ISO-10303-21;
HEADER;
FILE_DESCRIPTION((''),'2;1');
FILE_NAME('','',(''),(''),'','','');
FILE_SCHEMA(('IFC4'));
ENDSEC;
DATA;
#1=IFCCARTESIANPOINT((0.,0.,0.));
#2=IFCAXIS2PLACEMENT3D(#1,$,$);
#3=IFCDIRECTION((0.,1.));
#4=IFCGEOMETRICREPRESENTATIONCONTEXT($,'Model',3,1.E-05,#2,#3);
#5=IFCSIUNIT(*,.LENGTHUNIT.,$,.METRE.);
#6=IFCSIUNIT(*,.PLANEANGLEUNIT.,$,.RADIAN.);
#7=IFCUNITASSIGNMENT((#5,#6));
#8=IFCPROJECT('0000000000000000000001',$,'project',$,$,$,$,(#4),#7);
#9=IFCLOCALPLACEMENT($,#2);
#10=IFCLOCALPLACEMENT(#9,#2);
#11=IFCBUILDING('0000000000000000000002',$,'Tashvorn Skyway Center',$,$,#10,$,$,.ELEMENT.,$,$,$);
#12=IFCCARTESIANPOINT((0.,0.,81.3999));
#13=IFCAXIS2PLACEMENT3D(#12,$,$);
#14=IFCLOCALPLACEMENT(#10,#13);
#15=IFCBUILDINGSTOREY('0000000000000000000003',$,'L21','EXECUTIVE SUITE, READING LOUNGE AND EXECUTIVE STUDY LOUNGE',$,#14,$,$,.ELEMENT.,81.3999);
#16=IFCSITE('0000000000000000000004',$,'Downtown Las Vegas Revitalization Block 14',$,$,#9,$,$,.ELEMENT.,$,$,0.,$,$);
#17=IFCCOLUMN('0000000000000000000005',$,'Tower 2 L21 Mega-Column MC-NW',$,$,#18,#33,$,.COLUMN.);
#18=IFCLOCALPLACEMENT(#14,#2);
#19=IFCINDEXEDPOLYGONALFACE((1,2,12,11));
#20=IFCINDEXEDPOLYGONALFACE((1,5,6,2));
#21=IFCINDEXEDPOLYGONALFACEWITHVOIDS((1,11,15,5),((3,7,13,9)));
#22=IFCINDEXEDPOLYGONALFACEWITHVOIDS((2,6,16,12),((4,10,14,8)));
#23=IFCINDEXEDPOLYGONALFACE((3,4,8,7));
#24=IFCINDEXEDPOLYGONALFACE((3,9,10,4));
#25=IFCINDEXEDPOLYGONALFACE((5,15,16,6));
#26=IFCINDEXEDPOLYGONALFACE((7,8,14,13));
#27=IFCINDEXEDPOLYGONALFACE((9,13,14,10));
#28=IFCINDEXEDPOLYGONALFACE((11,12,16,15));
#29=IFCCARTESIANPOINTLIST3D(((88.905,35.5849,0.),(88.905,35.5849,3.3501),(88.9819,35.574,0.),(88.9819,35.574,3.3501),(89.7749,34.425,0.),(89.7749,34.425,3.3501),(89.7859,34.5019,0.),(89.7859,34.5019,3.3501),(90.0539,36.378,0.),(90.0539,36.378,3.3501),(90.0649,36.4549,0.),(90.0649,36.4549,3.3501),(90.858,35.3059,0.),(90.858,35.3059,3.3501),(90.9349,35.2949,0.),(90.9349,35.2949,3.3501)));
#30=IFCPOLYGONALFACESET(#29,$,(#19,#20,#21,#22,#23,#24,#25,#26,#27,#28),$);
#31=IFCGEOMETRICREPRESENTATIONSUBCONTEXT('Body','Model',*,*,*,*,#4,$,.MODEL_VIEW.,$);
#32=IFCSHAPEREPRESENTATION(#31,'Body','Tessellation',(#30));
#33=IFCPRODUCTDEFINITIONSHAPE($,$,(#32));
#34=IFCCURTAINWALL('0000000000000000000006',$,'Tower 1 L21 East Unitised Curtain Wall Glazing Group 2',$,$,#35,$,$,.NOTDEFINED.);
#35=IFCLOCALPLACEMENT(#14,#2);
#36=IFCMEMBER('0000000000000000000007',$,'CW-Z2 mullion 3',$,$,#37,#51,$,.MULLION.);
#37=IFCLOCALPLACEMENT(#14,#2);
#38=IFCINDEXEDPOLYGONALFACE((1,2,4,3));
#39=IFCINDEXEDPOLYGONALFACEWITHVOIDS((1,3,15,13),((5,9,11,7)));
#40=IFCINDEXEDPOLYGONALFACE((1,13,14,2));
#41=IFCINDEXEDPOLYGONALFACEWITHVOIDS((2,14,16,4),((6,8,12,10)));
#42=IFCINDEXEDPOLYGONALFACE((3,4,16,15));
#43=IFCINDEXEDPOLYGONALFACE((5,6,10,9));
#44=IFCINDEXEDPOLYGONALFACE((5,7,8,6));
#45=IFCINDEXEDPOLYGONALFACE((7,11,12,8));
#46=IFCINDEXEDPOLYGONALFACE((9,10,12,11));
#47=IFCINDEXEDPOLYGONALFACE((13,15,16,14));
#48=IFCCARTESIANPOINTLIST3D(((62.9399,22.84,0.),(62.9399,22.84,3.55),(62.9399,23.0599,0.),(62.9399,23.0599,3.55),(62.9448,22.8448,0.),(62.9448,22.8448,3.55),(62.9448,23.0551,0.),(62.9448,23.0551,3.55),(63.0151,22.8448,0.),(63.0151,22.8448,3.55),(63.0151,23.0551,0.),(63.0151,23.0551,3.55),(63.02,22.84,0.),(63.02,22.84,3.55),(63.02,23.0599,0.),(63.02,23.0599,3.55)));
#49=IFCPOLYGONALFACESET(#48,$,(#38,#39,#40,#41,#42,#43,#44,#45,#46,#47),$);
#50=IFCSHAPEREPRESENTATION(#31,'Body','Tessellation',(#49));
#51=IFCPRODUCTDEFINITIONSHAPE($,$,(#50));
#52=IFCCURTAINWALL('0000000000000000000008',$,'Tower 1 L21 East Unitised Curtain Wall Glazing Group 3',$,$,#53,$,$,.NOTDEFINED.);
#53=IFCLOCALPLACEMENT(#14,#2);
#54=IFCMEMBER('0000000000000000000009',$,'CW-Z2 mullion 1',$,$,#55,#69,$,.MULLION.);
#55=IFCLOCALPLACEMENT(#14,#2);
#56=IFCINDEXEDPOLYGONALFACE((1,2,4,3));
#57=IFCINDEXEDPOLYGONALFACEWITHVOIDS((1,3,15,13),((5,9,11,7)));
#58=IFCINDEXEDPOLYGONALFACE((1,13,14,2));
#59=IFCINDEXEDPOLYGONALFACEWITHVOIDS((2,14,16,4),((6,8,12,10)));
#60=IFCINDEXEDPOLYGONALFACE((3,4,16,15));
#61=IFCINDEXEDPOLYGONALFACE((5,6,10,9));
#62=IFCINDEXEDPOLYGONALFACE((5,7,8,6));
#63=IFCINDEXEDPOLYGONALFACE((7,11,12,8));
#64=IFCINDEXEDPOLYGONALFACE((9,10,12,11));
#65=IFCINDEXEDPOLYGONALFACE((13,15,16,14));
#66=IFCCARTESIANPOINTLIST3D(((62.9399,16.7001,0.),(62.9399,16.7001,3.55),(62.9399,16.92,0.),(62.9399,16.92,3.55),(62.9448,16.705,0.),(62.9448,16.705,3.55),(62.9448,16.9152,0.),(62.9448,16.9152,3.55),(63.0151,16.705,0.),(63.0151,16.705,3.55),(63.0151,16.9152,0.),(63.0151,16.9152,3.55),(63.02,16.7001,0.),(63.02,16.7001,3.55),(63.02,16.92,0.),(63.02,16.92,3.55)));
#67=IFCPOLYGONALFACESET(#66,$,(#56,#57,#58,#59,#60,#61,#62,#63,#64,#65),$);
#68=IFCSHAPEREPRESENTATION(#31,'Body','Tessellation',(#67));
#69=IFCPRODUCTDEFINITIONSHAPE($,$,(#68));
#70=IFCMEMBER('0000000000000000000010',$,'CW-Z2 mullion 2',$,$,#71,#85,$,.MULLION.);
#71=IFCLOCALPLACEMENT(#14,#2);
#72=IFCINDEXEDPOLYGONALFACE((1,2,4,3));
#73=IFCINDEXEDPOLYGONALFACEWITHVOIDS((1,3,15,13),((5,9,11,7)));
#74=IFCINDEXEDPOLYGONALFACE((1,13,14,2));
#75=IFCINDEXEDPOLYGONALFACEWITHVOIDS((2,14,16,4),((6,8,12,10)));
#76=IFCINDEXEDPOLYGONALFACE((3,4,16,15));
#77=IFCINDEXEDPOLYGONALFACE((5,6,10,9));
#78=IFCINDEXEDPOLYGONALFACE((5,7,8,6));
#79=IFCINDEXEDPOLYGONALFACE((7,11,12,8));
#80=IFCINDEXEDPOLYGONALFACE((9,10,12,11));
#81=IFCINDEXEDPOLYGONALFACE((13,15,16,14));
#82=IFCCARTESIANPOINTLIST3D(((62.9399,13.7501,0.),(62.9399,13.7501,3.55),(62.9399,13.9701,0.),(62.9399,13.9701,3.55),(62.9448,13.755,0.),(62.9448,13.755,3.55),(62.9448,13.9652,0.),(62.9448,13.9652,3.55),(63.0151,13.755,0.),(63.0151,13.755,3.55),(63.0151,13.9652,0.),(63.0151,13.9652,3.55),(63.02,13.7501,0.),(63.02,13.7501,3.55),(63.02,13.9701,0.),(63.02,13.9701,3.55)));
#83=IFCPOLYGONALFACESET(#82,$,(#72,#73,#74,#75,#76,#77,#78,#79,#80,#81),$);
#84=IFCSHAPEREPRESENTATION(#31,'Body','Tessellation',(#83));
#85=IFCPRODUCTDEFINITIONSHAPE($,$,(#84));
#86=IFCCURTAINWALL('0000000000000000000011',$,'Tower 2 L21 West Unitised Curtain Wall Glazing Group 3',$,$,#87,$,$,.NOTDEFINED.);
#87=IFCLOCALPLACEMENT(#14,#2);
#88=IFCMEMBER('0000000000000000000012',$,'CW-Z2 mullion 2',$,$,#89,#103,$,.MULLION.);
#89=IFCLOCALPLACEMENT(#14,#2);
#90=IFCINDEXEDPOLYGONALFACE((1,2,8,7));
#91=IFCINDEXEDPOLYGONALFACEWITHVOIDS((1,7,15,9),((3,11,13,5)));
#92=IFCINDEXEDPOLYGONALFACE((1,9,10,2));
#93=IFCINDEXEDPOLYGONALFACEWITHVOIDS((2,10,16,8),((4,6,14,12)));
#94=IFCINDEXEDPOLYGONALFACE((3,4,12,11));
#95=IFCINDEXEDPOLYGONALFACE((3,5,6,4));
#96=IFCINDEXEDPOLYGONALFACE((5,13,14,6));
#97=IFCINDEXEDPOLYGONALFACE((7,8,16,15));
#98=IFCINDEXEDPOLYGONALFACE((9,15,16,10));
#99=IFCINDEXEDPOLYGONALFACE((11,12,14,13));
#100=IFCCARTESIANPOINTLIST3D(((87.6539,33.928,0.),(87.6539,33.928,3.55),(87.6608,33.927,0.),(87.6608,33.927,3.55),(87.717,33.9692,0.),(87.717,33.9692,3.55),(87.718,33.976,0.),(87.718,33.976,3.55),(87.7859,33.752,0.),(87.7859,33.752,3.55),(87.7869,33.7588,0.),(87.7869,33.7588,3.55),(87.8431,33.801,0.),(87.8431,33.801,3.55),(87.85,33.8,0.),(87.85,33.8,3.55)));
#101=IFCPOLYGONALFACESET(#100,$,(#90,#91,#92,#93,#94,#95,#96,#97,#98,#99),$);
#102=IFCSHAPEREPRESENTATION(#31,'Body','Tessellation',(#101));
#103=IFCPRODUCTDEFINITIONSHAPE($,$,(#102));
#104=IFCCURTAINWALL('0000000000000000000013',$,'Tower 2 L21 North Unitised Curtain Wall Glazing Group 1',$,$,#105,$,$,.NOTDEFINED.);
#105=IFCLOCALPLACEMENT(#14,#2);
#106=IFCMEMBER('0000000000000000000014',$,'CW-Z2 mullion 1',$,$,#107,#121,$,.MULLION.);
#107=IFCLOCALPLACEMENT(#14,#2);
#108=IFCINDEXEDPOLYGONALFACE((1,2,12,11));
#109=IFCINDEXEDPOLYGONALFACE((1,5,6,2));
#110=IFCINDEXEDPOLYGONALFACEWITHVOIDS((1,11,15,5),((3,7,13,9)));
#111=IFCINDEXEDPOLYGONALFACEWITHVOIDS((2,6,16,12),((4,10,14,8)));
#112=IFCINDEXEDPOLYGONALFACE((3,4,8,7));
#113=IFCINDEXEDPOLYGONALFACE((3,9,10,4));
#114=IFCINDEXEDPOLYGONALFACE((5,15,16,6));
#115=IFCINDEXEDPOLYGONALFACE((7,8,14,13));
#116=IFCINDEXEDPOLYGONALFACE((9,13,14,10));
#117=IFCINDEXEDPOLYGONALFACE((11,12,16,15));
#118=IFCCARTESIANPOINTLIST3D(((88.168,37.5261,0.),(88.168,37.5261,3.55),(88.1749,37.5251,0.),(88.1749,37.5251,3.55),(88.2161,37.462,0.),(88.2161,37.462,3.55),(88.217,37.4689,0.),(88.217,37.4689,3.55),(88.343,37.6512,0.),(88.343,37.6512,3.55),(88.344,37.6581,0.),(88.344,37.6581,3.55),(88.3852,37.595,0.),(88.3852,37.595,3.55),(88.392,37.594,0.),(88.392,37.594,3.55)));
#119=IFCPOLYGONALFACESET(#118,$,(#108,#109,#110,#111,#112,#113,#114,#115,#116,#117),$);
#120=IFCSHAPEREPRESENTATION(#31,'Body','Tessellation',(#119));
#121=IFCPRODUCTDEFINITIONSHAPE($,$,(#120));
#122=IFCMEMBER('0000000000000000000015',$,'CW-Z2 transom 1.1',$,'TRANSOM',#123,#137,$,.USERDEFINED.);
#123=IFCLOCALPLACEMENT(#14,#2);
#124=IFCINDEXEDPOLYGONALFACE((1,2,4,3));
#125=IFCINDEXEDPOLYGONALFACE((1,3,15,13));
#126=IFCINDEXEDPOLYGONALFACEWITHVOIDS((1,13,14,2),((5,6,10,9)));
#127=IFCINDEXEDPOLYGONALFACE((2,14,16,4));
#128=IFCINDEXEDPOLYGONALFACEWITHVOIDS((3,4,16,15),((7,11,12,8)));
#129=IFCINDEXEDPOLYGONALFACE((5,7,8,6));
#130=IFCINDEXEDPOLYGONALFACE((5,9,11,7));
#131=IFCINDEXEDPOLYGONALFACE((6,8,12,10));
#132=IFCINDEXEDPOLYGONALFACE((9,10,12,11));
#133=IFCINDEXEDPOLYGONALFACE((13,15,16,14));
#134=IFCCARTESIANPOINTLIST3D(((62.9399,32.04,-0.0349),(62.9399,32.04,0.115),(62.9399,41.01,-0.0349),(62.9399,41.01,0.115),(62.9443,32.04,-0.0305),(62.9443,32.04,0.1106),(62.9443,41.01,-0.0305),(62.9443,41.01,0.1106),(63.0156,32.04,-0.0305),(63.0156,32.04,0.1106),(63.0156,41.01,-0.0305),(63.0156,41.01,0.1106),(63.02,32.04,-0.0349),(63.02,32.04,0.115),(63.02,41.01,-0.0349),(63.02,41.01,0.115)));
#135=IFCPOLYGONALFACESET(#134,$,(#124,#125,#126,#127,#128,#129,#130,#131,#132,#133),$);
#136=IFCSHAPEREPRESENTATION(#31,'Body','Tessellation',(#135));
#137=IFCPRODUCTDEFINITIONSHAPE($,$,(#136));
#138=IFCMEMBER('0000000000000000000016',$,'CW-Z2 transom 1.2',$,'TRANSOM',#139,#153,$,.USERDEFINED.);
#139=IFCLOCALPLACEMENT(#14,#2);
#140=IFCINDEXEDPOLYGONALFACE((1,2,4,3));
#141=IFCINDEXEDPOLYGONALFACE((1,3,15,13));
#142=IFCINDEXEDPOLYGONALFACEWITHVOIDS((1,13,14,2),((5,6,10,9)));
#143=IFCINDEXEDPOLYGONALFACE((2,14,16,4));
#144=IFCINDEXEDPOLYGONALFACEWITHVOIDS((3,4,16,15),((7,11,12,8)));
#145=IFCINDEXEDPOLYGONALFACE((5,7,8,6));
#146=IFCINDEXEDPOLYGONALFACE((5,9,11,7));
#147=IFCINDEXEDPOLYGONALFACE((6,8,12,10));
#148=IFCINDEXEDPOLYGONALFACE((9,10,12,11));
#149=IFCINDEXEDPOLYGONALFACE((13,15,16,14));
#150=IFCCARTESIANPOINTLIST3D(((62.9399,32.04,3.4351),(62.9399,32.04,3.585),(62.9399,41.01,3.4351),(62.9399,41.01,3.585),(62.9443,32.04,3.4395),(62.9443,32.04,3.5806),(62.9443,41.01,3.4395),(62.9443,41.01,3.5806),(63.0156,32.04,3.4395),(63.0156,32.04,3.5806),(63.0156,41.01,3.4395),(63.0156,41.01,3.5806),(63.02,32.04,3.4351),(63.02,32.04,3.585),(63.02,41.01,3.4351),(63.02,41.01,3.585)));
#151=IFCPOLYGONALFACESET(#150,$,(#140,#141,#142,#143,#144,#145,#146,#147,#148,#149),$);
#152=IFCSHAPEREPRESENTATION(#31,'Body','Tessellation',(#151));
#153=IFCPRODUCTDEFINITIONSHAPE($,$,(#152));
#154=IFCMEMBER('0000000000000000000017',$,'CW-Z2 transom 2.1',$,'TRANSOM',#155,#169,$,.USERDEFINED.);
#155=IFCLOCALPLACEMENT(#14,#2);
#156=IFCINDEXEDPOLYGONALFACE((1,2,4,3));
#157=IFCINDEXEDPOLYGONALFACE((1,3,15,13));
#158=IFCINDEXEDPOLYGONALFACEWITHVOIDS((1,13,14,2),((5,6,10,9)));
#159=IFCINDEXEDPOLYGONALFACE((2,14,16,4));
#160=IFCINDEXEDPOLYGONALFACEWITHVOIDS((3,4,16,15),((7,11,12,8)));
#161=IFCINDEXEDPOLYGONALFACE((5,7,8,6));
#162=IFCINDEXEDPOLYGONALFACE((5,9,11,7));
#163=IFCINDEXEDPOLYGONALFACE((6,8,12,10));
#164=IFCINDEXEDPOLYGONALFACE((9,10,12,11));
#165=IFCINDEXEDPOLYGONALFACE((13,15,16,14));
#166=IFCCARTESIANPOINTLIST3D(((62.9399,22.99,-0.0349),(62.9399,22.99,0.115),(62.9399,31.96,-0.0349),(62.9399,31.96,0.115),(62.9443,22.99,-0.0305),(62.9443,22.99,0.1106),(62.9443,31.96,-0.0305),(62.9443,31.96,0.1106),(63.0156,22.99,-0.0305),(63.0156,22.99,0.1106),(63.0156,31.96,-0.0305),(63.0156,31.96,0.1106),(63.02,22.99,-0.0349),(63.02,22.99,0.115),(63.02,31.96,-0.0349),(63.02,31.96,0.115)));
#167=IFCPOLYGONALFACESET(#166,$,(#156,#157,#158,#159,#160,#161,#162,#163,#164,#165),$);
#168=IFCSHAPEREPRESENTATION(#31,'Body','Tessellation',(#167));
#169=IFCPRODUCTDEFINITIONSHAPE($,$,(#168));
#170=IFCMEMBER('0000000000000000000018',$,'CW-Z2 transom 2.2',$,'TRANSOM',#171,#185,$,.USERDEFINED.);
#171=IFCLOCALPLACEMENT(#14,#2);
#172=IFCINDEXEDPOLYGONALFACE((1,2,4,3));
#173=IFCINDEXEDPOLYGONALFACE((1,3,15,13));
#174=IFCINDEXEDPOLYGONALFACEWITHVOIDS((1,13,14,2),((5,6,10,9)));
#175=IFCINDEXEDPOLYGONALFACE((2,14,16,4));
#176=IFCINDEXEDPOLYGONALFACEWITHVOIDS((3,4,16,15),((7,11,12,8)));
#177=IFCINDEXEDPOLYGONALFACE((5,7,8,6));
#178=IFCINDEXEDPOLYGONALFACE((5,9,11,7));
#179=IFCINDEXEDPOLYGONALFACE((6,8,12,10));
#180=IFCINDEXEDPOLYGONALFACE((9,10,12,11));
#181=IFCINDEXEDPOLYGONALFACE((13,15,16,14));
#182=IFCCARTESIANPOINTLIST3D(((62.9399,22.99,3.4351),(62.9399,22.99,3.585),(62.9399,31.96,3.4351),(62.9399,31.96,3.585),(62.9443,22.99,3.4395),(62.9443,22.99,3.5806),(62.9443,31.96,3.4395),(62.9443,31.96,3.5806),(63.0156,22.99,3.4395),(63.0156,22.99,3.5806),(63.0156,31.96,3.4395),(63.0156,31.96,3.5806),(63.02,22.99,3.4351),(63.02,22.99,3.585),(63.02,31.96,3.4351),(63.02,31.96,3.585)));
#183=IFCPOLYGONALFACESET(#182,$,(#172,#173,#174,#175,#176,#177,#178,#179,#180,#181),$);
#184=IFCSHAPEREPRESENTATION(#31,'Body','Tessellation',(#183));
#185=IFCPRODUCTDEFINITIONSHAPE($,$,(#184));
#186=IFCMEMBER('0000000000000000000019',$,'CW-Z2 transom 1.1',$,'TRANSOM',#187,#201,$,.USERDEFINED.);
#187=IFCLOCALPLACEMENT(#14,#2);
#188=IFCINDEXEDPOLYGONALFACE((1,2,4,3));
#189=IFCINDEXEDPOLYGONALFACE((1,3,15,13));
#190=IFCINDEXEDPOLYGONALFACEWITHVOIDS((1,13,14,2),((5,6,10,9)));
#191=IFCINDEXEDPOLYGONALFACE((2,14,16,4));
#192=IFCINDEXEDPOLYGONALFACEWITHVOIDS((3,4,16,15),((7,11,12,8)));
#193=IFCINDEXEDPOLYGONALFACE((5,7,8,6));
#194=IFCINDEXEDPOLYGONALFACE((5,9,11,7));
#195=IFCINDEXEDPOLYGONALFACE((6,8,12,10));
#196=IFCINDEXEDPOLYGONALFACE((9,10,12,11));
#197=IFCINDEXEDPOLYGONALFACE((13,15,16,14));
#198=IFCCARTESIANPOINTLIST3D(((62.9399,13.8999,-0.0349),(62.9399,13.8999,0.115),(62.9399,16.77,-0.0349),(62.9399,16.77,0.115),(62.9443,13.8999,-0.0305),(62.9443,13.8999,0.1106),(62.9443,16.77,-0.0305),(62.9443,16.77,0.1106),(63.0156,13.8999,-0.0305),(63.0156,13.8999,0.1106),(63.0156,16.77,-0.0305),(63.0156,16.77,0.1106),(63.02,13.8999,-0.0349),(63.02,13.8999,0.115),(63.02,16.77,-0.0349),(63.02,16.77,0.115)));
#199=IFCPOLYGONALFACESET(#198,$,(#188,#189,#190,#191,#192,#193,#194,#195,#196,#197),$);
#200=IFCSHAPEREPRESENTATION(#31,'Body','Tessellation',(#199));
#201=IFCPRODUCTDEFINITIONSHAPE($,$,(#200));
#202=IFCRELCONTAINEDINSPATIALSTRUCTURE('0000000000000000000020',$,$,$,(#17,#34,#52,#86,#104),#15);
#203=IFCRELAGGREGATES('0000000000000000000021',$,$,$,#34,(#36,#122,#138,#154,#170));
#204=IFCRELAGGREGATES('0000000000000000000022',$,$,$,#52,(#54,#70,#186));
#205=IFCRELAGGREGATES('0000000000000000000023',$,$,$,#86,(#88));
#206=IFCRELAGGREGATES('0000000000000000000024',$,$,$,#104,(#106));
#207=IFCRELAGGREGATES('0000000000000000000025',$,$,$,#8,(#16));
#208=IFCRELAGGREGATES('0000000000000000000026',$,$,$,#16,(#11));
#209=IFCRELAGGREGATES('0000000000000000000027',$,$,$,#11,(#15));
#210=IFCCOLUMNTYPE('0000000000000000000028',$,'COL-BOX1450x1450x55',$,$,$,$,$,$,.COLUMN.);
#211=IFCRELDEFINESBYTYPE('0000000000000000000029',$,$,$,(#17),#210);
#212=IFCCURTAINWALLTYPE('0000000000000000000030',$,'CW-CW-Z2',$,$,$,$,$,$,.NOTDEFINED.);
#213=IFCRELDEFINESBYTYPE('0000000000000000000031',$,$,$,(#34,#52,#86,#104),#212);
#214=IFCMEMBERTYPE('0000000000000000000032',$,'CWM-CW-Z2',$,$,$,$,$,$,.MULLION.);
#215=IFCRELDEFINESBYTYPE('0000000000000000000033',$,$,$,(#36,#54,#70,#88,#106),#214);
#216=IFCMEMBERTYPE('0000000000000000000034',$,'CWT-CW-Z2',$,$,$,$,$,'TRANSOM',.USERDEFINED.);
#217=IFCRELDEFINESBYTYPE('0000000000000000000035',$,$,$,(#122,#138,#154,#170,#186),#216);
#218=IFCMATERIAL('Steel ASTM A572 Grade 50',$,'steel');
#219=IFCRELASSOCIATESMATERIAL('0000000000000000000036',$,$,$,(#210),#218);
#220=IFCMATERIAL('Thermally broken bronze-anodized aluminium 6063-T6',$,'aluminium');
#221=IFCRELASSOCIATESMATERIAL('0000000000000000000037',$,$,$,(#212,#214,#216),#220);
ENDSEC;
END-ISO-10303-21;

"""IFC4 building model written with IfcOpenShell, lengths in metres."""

from ifc_helpers import new_model, si_unit, direction, frame, origin, origin_2d, place, context, subcontext, project, spatial, hollow_rectangle, extrude, material, material_profile, profile_set, type_object, element, aggregate, save


model = new_model("IFC4")

# Units and contexts
model_context = context("Model", 3, precision=1e-05, world=origin(), true_north=direction((0.0, 1.0)))
body_context = subcontext(model_context, "Body", "Model", "MODEL_VIEW")
ifc_project = project(units=[si_unit("LENGTHUNIT", "METRE"), si_unit("PLANEANGLEUNIT", "RADIAN")], contexts=[model_context])

# Site, building, storey
site_placement = place(None, origin())
site = spatial("IfcSite", under=ifc_project, at=site_placement, Name="Downtown Las Vegas Revitalization Block 14", CompositionType="ELEMENT", RefElevation=0.0)
building_placement = place(site_placement, origin())
building = spatial("IfcBuilding", under=site, at=building_placement, Name="Tashvorn Skyway Center", CompositionType="ELEMENT")
storey_placement = place(building_placement, frame((0.0, 0.0, 81.3999)))
storey = spatial("IfcBuildingStorey", under=building, at=storey_placement, Name="L21", Description="EXECUTIVE SUITE, READING LOUNGE AND EXECUTIVE STUDY LOUNGE", CompositionType="ELEMENT", Elevation=81.3999)

# Column
ifc_material_1 = material(Name="Steel ASTM A572 Grade 50", Category="steel")
ifc_material_profile_1 = material_profile(ifc_material_1, hollow_rectangle(XDim=1.45, YDim=1.45, WallThickness=0.0549, at=origin_2d()), Name="BOX1450x1450x55")
ifc_profile_set_1 = profile_set([ifc_material_profile_1], Name="Steel ASTM A572 Grade 50")
column_type = type_object("IfcColumnType", Name="COL-BOX1450x1450x55", PredefinedType="COLUMN", material=ifc_profile_set_1)
column_placement = place(storey_placement, frame((89.9199, 35.4399, 0.0), z_axis=(0.0, 0.0, 1.0), x_axis=(0.8, 0.6, 0.0)))
element("IfcColumn", 1, at=column_placement, inside=storey, type_object=column_type, Name="Tower 2 L21 Mega-Column MC-NW", PredefinedType="COLUMN", context=body_context, shape_type="SweptSolid", body=[
    extrude(hollow_rectangle(XDim=1.45, YDim=1.45, WallThickness=0.0549, at=origin_2d()), origin(), (0.0, 0.0, 1.0), 3.3501),
])

# Curtain wall, member
ifc_material_2 = material(Name="Thermally broken bronze-anodized aluminium 6063-T6", Category="aluminium")
curtain_wall_type = type_object("IfcCurtainWallType", Name="CW-CW-Z2", PredefinedType="NOTDEFINED", material=ifc_material_2)
curtain_wall_1_placement = place(storey_placement, origin())
curtain_wall_1 = element("IfcCurtainWall", 2, at=curtain_wall_1_placement, inside=storey, type_object=curtain_wall_type, Name="Tower 1 L21 East Unitised Curtain Wall Glazing Group 2", PredefinedType="NOTDEFINED")
ifc_material_profile_2 = material_profile(ifc_material_2, hollow_rectangle(XDim=0.0801, YDim=0.22, WallThickness=0.0049, at=origin_2d()), Name="ALU-MULL-80x220")
ifc_profile_set_2 = profile_set([ifc_material_profile_2], Name="Thermally broken bronze-anodized aluminium 6063-T6")
member_type_1 = type_object("IfcMemberType", Name="CWM-CW-Z2", PredefinedType="MULLION", material=ifc_profile_set_2)
member_1_placement = place(storey_placement, frame((62.98, 22.95, 0.0), z_axis=(0.0, 0.0, 1.0), x_axis=(1.0, 0.0, 0.0)))
member_1 = element("IfcMember", 3, at=member_1_placement, type_object=member_type_1, Name="CW-Z2 mullion 3", PredefinedType="MULLION", context=body_context, shape_type="SweptSolid", body=[
    extrude(hollow_rectangle(XDim=0.0801, YDim=0.22, WallThickness=0.0049, at=origin_2d()), origin(), (0.0, 0.0, 1.0), 3.55),
])

# Curtain wall, members
curtain_wall_2_placement = place(storey_placement, origin())
curtain_wall_2 = element("IfcCurtainWall", 4, at=curtain_wall_2_placement, inside=storey, type_object=curtain_wall_type, Name="Tower 1 L21 East Unitised Curtain Wall Glazing Group 3", PredefinedType="NOTDEFINED")
member_2_placement = place(storey_placement, frame((62.98, 16.8101, 0.0), z_axis=(0.0, 0.0, 1.0), x_axis=(1.0, 0.0, 0.0)))
member_2 = element("IfcMember", 5, at=member_2_placement, type_object=member_type_1, Name="CW-Z2 mullion 1", PredefinedType="MULLION", context=body_context, shape_type="SweptSolid", body=[
    extrude(hollow_rectangle(XDim=0.0801, YDim=0.22, WallThickness=0.0049, at=origin_2d()), origin(), (0.0, 0.0, 1.0), 3.55),
])
member_3_placement = place(storey_placement, frame((62.98, 13.8601, 0.0), z_axis=(0.0, 0.0, 1.0), x_axis=(1.0, 0.0, 0.0)))
member_3 = element("IfcMember", 6, at=member_3_placement, type_object=member_type_1, Name="CW-Z2 mullion 2", PredefinedType="MULLION", context=body_context, shape_type="SweptSolid", body=[
    extrude(hollow_rectangle(XDim=0.0801, YDim=0.22, WallThickness=0.0049, at=origin_2d()), origin(), (0.0, 0.0, 1.0), 3.55),
])

# Curtain walls, members
curtain_wall_3_placement = place(storey_placement, origin())
curtain_wall_3 = element("IfcCurtainWall", 7, at=curtain_wall_3_placement, inside=storey, type_object=curtain_wall_type, Name="Tower 2 L21 West Unitised Curtain Wall Glazing Group 3", PredefinedType="NOTDEFINED")
member_4_placement = place(storey_placement, frame((87.752, 33.864, 0.0), z_axis=(0.0, 0.0, 1.0), x_axis=(-0.8, -0.6, 0.0)))
member_4 = element("IfcMember", 8, at=member_4_placement, type_object=member_type_1, Name="CW-Z2 mullion 2", PredefinedType="MULLION", context=body_context, shape_type="SweptSolid", body=[
    extrude(hollow_rectangle(XDim=0.0801, YDim=0.22, WallThickness=0.0049, at=origin_2d()), origin(), (0.0, 0.0, 1.0), 3.55),
])
curtain_wall_4_placement = place(storey_placement, origin())
curtain_wall_4 = element("IfcCurtainWall", 9, at=curtain_wall_4_placement, inside=storey, type_object=curtain_wall_type, Name="Tower 2 L21 North Unitised Curtain Wall Glazing Group 1", PredefinedType="NOTDEFINED")
member_5_placement = place(storey_placement, frame((88.28, 37.5601, 0.0), z_axis=(0.0, 0.0, 1.0), x_axis=(-0.6, 0.8, 0.0)))
member_5 = element("IfcMember", 10, at=member_5_placement, type_object=member_type_1, Name="CW-Z2 mullion 1", PredefinedType="MULLION", context=body_context, shape_type="SweptSolid", body=[
    extrude(hollow_rectangle(XDim=0.0801, YDim=0.22, WallThickness=0.0049, at=origin_2d()), origin(), (0.0, 0.0, 1.0), 3.55),
])

# Members
ifc_material_profile_3 = material_profile(ifc_material_2, hollow_rectangle(XDim=0.0801, YDim=0.1499, WallThickness=0.0044, at=origin_2d()), Name="ALU-TRAN-80x150")
ifc_profile_set_3 = profile_set([ifc_material_profile_3], Name="Thermally broken bronze-anodized aluminium 6063-T6")
member_type_2 = type_object("IfcMemberType", Name="CWT-CW-Z2", ElementType="TRANSOM", PredefinedType="USERDEFINED", material=ifc_profile_set_3)
member_6_placement = place(storey_placement, frame((62.98, 41.01, 0.04), z_axis=(0.0, -1.0, 0.0), x_axis=(1.0, 0.0, 0.0)))
member_6 = element("IfcMember", 11, at=member_6_placement, type_object=member_type_2, Name="CW-Z2 transom 1.1", ObjectType="TRANSOM", PredefinedType="USERDEFINED", context=body_context, shape_type="SweptSolid", body=[
    extrude(hollow_rectangle(XDim=0.0801, YDim=0.1499, WallThickness=0.0044, at=origin_2d()), origin(), (0.0, 0.0, 1.0), 8.97),
])
member_7_placement = place(storey_placement, frame((62.98, 41.01, 3.51), z_axis=(0.0, -1.0, 0.0), x_axis=(1.0, 0.0, 0.0)))
member_7 = element("IfcMember", 12, at=member_7_placement, type_object=member_type_2, Name="CW-Z2 transom 1.2", ObjectType="TRANSOM", PredefinedType="USERDEFINED", context=body_context, shape_type="SweptSolid", body=[
    extrude(hollow_rectangle(XDim=0.0801, YDim=0.1499, WallThickness=0.0044, at=origin_2d()), origin(), (0.0, 0.0, 1.0), 8.97),
])
member_8_placement = place(storey_placement, frame((62.98, 31.96, 0.04), z_axis=(0.0, -1.0, 0.0), x_axis=(1.0, 0.0, 0.0)))
member_8 = element("IfcMember", 13, at=member_8_placement, type_object=member_type_2, Name="CW-Z2 transom 2.1", ObjectType="TRANSOM", PredefinedType="USERDEFINED", context=body_context, shape_type="SweptSolid", body=[
    extrude(hollow_rectangle(XDim=0.0801, YDim=0.1499, WallThickness=0.0044, at=origin_2d()), origin(), (0.0, 0.0, 1.0), 8.97),
])
member_9_placement = place(storey_placement, frame((62.98, 31.96, 3.51), z_axis=(0.0, -1.0, 0.0), x_axis=(1.0, 0.0, 0.0)))
member_9 = element("IfcMember", 14, at=member_9_placement, type_object=member_type_2, Name="CW-Z2 transom 2.2", ObjectType="TRANSOM", PredefinedType="USERDEFINED", context=body_context, shape_type="SweptSolid", body=[
    extrude(hollow_rectangle(XDim=0.0801, YDim=0.1499, WallThickness=0.0044, at=origin_2d()), origin(), (0.0, 0.0, 1.0), 8.97),
])
member_10_placement = place(storey_placement, frame((62.98, 16.77, 0.04), z_axis=(0.0, -1.0, 0.0), x_axis=(1.0, 0.0, 0.0)))
member_10 = element("IfcMember", 15, at=member_10_placement, type_object=member_type_2, Name="CW-Z2 transom 1.1", ObjectType="TRANSOM", PredefinedType="USERDEFINED", context=body_context, shape_type="SweptSolid", body=[
    extrude(hollow_rectangle(XDim=0.0801, YDim=0.1499, WallThickness=0.0044, at=origin_2d()), origin(), (0.0, 0.0, 1.0), 2.8701),
])

aggregate(curtain_wall_1, [member_1, member_6, member_7, member_8, member_9])
aggregate(curtain_wall_2, [member_2, member_3, member_10])
aggregate(curtain_wall_3, [member_4])
aggregate(curtain_wall_4, [member_5])

save(model, "model.ifc")
